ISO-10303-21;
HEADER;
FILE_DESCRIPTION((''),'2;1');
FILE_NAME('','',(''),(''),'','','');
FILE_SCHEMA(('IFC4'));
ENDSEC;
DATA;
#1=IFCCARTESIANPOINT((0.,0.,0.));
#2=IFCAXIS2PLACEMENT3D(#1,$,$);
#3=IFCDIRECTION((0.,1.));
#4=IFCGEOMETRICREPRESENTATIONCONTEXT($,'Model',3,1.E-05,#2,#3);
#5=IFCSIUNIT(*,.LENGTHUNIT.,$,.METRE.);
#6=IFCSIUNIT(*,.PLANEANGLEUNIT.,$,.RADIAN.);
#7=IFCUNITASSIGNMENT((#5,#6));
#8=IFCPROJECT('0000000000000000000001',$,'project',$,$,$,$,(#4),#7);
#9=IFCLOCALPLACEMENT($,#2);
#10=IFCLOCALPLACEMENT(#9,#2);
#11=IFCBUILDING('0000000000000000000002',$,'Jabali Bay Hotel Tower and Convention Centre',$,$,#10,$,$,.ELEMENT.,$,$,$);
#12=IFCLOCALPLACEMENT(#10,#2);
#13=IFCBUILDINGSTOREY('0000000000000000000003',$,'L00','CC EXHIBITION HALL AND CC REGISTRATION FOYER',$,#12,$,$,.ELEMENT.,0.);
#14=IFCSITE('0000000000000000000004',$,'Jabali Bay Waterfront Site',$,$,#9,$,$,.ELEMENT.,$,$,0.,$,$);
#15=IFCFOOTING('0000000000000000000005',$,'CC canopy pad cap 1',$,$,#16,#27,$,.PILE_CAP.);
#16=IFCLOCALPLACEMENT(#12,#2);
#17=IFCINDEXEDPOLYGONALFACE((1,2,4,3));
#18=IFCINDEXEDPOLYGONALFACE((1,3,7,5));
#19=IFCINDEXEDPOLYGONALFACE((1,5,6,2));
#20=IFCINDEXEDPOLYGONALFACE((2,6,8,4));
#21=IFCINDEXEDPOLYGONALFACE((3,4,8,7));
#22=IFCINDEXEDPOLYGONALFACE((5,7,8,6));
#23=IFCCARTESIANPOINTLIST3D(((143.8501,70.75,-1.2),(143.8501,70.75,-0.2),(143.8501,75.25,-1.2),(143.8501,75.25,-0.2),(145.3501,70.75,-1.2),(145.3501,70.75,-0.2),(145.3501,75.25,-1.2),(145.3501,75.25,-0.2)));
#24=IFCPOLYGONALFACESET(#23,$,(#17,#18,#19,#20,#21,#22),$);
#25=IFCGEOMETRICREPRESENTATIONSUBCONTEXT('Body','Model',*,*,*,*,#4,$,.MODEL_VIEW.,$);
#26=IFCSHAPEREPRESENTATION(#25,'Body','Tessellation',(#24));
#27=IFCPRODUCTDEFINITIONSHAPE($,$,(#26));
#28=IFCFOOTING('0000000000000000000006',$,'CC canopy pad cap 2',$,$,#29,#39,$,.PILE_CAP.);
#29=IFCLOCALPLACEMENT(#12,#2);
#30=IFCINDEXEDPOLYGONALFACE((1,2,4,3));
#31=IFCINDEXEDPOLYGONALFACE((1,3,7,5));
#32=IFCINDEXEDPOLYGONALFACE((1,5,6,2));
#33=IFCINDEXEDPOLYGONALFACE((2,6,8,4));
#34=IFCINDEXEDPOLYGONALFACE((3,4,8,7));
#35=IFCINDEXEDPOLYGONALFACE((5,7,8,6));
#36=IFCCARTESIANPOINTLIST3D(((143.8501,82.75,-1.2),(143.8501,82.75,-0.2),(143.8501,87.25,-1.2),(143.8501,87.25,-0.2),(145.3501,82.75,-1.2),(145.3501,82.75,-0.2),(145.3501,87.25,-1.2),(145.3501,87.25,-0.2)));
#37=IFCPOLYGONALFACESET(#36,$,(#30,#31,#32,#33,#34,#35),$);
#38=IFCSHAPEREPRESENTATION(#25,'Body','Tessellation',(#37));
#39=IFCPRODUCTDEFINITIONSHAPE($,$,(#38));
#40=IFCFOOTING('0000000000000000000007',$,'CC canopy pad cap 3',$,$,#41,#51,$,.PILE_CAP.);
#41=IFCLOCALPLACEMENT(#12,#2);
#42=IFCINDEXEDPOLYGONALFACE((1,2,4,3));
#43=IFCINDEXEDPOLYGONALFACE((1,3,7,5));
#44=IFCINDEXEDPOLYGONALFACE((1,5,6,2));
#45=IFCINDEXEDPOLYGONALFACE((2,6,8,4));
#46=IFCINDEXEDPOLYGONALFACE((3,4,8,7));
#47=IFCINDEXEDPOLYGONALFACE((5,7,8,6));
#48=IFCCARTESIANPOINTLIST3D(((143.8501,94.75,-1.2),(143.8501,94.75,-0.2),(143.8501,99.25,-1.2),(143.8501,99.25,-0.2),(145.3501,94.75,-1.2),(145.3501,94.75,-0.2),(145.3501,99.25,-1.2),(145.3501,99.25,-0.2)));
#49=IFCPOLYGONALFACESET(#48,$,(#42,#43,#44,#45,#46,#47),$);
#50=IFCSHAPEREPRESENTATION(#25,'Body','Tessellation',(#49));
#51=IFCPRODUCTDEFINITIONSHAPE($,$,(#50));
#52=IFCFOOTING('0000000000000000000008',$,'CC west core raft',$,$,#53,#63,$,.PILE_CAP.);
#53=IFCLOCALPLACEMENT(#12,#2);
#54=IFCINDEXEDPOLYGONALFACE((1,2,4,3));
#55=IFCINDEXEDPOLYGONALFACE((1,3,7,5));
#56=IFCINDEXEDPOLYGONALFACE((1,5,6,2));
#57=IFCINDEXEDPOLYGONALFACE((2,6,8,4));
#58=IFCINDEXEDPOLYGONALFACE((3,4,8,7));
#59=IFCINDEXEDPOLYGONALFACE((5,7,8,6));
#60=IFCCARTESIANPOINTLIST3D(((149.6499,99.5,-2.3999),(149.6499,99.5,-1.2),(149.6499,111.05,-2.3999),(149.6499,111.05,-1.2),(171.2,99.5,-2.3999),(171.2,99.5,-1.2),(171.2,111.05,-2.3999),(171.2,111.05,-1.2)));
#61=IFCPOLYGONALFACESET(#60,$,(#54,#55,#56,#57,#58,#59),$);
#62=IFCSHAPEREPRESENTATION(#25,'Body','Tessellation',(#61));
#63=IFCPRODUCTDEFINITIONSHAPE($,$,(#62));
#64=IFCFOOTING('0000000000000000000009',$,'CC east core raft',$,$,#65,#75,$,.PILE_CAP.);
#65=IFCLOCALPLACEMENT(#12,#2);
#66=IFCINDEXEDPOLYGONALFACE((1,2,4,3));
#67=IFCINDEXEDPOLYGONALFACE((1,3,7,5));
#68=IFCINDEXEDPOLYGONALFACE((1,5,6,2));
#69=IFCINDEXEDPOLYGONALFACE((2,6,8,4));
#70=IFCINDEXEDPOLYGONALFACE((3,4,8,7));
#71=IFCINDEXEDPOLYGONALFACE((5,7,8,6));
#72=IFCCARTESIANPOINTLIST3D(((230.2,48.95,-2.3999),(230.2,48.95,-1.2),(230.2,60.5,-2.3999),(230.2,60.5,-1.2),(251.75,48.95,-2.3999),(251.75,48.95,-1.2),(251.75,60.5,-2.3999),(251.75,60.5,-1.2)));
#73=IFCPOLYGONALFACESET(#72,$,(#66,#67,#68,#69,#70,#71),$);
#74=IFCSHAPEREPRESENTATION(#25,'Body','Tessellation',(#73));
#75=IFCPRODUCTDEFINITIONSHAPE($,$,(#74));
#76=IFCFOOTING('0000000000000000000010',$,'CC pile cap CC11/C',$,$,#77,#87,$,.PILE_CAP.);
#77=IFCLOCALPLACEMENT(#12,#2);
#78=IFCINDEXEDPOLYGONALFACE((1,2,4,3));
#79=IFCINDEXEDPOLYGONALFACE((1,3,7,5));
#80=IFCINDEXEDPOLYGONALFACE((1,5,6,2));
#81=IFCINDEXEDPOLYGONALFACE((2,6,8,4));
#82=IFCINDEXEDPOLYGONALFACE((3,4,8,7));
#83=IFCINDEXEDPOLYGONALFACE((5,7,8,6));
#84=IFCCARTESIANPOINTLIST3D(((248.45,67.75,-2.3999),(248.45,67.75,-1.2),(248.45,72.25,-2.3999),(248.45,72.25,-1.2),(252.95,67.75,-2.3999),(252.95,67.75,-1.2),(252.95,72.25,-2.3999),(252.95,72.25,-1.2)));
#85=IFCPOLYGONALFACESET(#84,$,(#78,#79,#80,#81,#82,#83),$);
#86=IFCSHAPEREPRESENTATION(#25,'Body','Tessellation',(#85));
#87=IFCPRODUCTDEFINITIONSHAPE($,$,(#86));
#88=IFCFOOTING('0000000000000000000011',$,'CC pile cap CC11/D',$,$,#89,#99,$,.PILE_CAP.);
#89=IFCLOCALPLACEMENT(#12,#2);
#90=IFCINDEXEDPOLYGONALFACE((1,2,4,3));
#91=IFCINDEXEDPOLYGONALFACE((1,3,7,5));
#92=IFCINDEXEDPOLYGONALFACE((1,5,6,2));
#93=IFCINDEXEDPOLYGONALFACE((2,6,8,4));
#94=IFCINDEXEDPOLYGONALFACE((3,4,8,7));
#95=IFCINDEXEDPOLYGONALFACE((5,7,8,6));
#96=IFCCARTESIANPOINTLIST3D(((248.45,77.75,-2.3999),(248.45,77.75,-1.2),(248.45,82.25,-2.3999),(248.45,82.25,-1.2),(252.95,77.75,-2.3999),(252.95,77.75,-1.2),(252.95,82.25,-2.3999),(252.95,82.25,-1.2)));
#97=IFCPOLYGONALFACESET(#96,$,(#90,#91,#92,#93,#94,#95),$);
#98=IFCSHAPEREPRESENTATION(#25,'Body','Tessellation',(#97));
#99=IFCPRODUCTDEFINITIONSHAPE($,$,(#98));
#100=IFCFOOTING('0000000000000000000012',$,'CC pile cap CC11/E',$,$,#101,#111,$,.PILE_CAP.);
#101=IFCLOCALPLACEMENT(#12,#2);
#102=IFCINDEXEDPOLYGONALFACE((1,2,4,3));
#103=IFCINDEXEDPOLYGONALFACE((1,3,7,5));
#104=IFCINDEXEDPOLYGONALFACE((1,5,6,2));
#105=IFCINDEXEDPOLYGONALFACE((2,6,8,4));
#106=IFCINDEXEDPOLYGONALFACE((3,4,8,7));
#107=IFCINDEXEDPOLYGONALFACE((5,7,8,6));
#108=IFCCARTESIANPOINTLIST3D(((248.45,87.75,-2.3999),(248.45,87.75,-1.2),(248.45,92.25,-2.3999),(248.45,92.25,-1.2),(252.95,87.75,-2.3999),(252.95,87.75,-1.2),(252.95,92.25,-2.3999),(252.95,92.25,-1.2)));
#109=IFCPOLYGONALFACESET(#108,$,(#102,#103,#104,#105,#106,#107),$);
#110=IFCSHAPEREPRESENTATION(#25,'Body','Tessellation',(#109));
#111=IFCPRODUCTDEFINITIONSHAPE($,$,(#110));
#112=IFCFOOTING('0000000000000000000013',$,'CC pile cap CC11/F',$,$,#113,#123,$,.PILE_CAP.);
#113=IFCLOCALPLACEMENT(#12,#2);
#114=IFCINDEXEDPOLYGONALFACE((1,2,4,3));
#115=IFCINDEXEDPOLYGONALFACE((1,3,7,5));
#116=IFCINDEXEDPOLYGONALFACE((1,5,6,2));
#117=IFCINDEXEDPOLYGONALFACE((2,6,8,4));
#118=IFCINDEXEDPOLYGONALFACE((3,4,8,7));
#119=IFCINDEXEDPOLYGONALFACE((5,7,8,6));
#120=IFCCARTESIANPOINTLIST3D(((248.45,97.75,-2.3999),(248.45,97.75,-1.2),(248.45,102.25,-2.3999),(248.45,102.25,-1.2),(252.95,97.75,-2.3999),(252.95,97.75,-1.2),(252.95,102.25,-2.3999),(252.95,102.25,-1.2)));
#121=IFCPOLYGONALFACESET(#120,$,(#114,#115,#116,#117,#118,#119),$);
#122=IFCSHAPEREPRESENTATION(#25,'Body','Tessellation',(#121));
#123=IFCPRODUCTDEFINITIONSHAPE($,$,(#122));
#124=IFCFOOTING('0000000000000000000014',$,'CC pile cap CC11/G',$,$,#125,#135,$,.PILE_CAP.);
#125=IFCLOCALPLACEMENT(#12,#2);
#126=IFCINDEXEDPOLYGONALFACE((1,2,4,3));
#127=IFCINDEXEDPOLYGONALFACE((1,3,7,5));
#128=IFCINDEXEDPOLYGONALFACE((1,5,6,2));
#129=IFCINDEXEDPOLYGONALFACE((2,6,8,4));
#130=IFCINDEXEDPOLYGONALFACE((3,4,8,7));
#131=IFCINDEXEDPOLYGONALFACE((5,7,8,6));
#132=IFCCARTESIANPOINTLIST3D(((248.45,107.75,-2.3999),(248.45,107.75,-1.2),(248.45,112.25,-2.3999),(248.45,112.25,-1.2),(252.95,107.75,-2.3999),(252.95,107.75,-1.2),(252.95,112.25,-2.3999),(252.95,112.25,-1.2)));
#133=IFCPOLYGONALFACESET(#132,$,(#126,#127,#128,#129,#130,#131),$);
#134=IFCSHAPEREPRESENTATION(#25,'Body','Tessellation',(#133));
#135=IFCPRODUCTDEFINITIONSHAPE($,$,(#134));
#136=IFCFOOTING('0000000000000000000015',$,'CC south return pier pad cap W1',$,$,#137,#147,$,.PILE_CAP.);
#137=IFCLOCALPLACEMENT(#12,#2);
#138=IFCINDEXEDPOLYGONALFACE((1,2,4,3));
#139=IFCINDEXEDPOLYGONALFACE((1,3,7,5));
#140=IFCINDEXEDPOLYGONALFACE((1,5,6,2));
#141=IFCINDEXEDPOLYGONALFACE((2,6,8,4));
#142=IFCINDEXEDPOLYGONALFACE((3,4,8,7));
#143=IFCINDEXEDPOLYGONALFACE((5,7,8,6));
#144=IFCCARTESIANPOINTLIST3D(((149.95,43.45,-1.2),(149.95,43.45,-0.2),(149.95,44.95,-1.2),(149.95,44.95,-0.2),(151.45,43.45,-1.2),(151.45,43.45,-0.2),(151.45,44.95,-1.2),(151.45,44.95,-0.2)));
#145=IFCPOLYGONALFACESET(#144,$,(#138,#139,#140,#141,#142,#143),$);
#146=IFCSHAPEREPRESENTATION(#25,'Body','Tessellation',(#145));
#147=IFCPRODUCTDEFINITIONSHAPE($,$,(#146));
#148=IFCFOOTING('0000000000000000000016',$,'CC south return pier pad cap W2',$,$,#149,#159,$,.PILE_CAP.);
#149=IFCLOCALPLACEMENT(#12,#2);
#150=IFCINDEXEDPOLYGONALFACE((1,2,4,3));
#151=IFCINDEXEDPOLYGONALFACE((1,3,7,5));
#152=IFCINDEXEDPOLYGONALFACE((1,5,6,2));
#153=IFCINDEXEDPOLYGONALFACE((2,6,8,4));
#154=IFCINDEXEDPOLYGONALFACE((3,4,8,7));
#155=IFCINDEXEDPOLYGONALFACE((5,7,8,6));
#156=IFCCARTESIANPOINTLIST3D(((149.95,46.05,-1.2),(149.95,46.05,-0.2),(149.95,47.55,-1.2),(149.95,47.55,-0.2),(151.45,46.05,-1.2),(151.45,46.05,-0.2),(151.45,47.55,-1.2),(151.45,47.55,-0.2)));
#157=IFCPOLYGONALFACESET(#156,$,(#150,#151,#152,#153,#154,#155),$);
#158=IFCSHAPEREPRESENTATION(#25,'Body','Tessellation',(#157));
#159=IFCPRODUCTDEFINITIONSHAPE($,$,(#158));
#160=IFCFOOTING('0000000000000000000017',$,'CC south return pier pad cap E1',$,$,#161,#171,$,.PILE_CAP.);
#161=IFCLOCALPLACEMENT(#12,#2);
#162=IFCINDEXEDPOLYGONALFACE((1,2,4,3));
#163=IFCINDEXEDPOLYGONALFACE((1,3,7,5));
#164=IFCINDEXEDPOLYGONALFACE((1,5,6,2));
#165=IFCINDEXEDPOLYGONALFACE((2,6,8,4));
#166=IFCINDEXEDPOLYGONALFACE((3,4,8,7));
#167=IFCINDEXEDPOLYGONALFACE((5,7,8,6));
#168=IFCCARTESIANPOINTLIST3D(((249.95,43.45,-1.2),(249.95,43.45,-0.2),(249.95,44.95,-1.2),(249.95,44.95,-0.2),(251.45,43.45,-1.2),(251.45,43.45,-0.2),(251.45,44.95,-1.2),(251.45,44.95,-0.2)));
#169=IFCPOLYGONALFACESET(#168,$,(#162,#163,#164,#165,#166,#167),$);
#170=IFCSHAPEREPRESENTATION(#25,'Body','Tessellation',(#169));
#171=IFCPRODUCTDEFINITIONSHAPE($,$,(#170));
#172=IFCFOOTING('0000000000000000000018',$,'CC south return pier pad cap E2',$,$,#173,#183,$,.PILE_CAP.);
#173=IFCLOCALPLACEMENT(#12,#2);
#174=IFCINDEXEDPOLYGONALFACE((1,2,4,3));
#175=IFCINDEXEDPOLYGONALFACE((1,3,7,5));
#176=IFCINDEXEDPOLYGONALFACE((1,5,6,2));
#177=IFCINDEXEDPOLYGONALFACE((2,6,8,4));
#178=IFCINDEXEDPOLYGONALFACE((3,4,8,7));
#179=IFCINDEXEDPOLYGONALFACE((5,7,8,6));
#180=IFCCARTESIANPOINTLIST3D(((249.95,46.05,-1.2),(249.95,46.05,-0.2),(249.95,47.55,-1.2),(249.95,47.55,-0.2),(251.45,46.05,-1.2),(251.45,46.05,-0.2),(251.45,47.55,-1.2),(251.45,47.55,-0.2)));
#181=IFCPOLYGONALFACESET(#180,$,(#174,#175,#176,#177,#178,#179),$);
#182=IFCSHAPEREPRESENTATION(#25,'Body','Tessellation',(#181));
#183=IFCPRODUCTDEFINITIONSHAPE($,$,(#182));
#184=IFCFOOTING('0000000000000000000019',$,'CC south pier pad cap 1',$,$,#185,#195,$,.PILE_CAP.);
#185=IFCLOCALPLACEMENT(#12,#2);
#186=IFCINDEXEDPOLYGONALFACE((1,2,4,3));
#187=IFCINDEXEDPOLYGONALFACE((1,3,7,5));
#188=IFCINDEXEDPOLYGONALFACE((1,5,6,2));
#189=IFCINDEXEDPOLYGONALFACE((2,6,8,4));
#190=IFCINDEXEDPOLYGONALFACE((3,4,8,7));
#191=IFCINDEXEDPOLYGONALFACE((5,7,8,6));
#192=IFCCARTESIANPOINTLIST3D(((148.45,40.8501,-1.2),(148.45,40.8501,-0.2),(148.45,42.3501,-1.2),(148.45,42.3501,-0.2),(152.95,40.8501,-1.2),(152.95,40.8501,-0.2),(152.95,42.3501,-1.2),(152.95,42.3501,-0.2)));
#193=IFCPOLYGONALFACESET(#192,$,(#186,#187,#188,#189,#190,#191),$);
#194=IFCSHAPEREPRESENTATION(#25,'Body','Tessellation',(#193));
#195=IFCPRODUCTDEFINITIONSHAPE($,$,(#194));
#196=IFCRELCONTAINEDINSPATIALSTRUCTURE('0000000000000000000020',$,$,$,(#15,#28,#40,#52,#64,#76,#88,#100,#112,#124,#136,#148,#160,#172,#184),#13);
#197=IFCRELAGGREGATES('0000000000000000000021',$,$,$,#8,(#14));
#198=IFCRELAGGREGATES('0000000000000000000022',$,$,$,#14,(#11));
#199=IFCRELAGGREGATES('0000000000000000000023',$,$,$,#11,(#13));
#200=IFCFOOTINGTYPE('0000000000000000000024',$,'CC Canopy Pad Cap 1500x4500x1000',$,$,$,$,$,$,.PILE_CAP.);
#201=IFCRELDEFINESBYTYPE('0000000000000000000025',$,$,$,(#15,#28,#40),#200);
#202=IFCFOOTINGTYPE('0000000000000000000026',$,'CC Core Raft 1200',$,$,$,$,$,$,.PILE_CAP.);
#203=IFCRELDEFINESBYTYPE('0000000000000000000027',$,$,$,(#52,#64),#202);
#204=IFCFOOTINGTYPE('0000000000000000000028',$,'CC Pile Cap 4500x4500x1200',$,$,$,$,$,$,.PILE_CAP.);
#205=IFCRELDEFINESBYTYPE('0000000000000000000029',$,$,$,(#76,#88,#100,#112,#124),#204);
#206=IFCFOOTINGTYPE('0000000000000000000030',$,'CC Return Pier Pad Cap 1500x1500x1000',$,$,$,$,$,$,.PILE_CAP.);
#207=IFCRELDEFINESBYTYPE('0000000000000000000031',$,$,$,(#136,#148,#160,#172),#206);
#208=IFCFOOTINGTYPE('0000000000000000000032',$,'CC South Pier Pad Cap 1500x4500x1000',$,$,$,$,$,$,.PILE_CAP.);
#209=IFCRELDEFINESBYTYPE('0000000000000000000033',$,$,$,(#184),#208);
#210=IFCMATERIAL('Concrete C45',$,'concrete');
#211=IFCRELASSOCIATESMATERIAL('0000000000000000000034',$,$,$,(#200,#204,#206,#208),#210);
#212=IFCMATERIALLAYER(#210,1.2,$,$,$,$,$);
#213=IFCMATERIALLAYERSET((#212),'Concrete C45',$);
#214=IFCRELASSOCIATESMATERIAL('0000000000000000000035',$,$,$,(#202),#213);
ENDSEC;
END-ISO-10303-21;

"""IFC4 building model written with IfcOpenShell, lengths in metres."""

from ifc_helpers import new_model, si_unit, direction, frame, origin, place, context, subcontext, project, spatial, polyline, outline, extrude, material, layer, layer_set, type_object, element, save


model = new_model("IFC4")

# Units and contexts
model_context = context("Model", 3, precision=1e-05, world=origin(), true_north=direction((0.0, 1.0)))
body_context = subcontext(model_context, "Body", "Model", "MODEL_VIEW")
ifc_project = project(units=[si_unit("LENGTHUNIT", "METRE"), si_unit("PLANEANGLEUNIT", "RADIAN")], contexts=[model_context])

# Site, building, storey
site_placement = place(None, origin())
site = spatial("IfcSite", under=ifc_project, at=site_placement, Name="Jabali Bay Waterfront Site", CompositionType="ELEMENT", RefElevation=0.0)
building_placement = place(site_placement, origin())
building = spatial("IfcBuilding", under=site, at=building_placement, Name="Jabali Bay Hotel Tower and Convention Centre", CompositionType="ELEMENT")
storey_placement = place(building_placement, origin())
storey = spatial("IfcBuildingStorey", under=building, at=storey_placement, Name="L00", Description="CC EXHIBITION HALL AND CC REGISTRATION FOYER", CompositionType="ELEMENT", Elevation=0.0)

# Footings
ifc_material = material(Name="Concrete C45", Category="concrete")
footing_type_1 = type_object("IfcFootingType", Name="CC Canopy Pad Cap 1500x4500x1000", PredefinedType="PILE_CAP", material=ifc_material)
footing_1_placement = place(storey_placement, frame((0.0, 0.0, -1.2)))
element("IfcFooting", 1, at=footing_1_placement, inside=storey, type_object=footing_type_1, Name="CC canopy pad cap 1", PredefinedType="PILE_CAP", context=body_context, shape_type="SweptSolid", body=[
    extrude(outline(polyline([(143.8501, 70.75), (145.3501, 70.75), (145.3501, 75.25), (143.8501, 75.25), (143.8501, 70.75)])), origin(), (0.0, 0.0, 1.0), 1.0),
])
footing_2_placement = place(storey_placement, frame((0.0, 0.0, -1.2)))
element("IfcFooting", 2, at=footing_2_placement, inside=storey, type_object=footing_type_1, Name="CC canopy pad cap 2", PredefinedType="PILE_CAP", context=body_context, shape_type="SweptSolid", body=[
    extrude(outline(polyline([(143.8501, 82.75), (145.3501, 82.75), (145.3501, 87.25), (143.8501, 87.25), (143.8501, 82.75)])), origin(), (0.0, 0.0, 1.0), 1.0),
])
footing_3_placement = place(storey_placement, frame((0.0, 0.0, -1.2)))
element("IfcFooting", 3, at=footing_3_placement, inside=storey, type_object=footing_type_1, Name="CC canopy pad cap 3", PredefinedType="PILE_CAP", context=body_context, shape_type="SweptSolid", body=[
    extrude(outline(polyline([(143.8501, 94.75), (145.3501, 94.75), (145.3501, 99.25), (143.8501, 99.25), (143.8501, 94.75)])), origin(), (0.0, 0.0, 1.0), 1.0),
])
ifc_layer_1 = layer(ifc_material, 1.2)
ifc_layer_set_1 = layer_set([ifc_layer_1], Name="Concrete C45")
footing_type_2 = type_object("IfcFootingType", Name="CC Core Raft 1200", PredefinedType="PILE_CAP", material=ifc_layer_set_1)
footing_4_placement = place(storey_placement, frame((0.0, 0.0, -2.3999)))
element("IfcFooting", 4, at=footing_4_placement, inside=storey, type_object=footing_type_2, Name="CC west core raft", PredefinedType="PILE_CAP", context=body_context, shape_type="SweptSolid", body=[
    extrude(outline(polyline([(149.6499, 99.5), (171.2, 99.5), (171.2, 111.05), (149.6499, 111.05), (149.6499, 99.5)])), origin(), (0.0, 0.0, 1.0), 1.2),
])
footing_5_placement = place(storey_placement, frame((0.0, 0.0, -2.3999)))
element("IfcFooting", 5, at=footing_5_placement, inside=storey, type_object=footing_type_2, Name="CC east core raft", PredefinedType="PILE_CAP", context=body_context, shape_type="SweptSolid", body=[
    extrude(outline(polyline([(230.2, 48.95), (251.75, 48.95), (251.75, 60.5), (230.2, 60.5), (230.2, 48.95)])), origin(), (0.0, 0.0, 1.0), 1.2),
])
footing_type_3 = type_object("IfcFootingType", Name="CC Pile Cap 4500x4500x1200", PredefinedType="PILE_CAP", material=ifc_material)
footing_6_placement = place(storey_placement, frame((0.0, 0.0, -2.3999)))
element("IfcFooting", 6, at=footing_6_placement, inside=storey, type_object=footing_type_3, Name="CC pile cap CC11/C", PredefinedType="PILE_CAP", context=body_context, shape_type="SweptSolid", body=[
    extrude(outline(polyline([(248.45, 67.75), (252.95, 67.75), (252.95, 72.25), (248.45, 72.25), (248.45, 67.75)])), origin(), (0.0, 0.0, 1.0), 1.2),
])
footing_7_placement = place(storey_placement, frame((0.0, 0.0, -2.3999)))
element("IfcFooting", 7, at=footing_7_placement, inside=storey, type_object=footing_type_3, Name="CC pile cap CC11/D", PredefinedType="PILE_CAP", context=body_context, shape_type="SweptSolid", body=[
    extrude(outline(polyline([(248.45, 77.75), (252.95, 77.75), (252.95, 82.25), (248.45, 82.25), (248.45, 77.75)])), origin(), (0.0, 0.0, 1.0), 1.2),
])
footing_8_placement = place(storey_placement, frame((0.0, 0.0, -2.3999)))
element("IfcFooting", 8, at=footing_8_placement, inside=storey, type_object=footing_type_3, Name="CC pile cap CC11/E", PredefinedType="PILE_CAP", context=body_context, shape_type="SweptSolid", body=[
    extrude(outline(polyline([(248.45, 87.75), (252.95, 87.75), (252.95, 92.25), (248.45, 92.25), (248.45, 87.75)])), origin(), (0.0, 0.0, 1.0), 1.2),
])
footing_9_placement = place(storey_placement, frame((0.0, 0.0, -2.3999)))
element("IfcFooting", 9, at=footing_9_placement, inside=storey, type_object=footing_type_3, Name="CC pile cap CC11/F", PredefinedType="PILE_CAP", context=body_context, shape_type="SweptSolid", body=[
    extrude(outline(polyline([(248.45, 97.75), (252.95, 97.75), (252.95, 102.25), (248.45, 102.25), (248.45, 97.75)])), origin(), (0.0, 0.0, 1.0), 1.2),
])
footing_10_placement = place(storey_placement, frame((0.0, 0.0, -2.3999)))
element("IfcFooting", 10, at=footing_10_placement, inside=storey, type_object=footing_type_3, Name="CC pile cap CC11/G", PredefinedType="PILE_CAP", context=body_context, shape_type="SweptSolid", body=[
    extrude(outline(polyline([(248.45, 107.75), (252.95, 107.75), (252.95, 112.25), (248.45, 112.25), (248.45, 107.75)])), origin(), (0.0, 0.0, 1.0), 1.2),
])
footing_type_4 = type_object("IfcFootingType", Name="CC Return Pier Pad Cap 1500x1500x1000", PredefinedType="PILE_CAP", material=ifc_material)
footing_11_placement = place(storey_placement, frame((0.0, 0.0, -1.2)))
element("IfcFooting", 11, at=footing_11_placement, inside=storey, type_object=footing_type_4, Name="CC south return pier pad cap W1", PredefinedType="PILE_CAP", context=body_context, shape_type="SweptSolid", body=[
    extrude(outline(polyline([(149.95, 43.45), (151.45, 43.45), (151.45, 44.95), (149.95, 44.95), (149.95, 43.45)])), origin(), (0.0, 0.0, 1.0), 1.0),
])
footing_12_placement = place(storey_placement, frame((0.0, 0.0, -1.2)))
element("IfcFooting", 12, at=footing_12_placement, inside=storey, type_object=footing_type_4, Name="CC south return pier pad cap W2", PredefinedType="PILE_CAP", context=body_context, shape_type="SweptSolid", body=[
    extrude(outline(polyline([(149.95, 46.05), (151.45, 46.05), (151.45, 47.55), (149.95, 47.55), (149.95, 46.05)])), origin(), (0.0, 0.0, 1.0), 1.0),
])
footing_13_placement = place(storey_placement, frame((0.0, 0.0, -1.2)))
element("IfcFooting", 13, at=footing_13_placement, inside=storey, type_object=footing_type_4, Name="CC south return pier pad cap E1", PredefinedType="PILE_CAP", context=body_context, shape_type="SweptSolid", body=[
    extrude(outline(polyline([(249.95, 43.45), (251.45, 43.45), (251.45, 44.95), (249.95, 44.95), (249.95, 43.45)])), origin(), (0.0, 0.0, 1.0), 1.0),
])
footing_14_placement = place(storey_placement, frame((0.0, 0.0, -1.2)))
element("IfcFooting", 14, at=footing_14_placement, inside=storey, type_object=footing_type_4, Name="CC south return pier pad cap E2", PredefinedType="PILE_CAP", context=body_context, shape_type="SweptSolid", body=[
    extrude(outline(polyline([(249.95, 46.05), (251.45, 46.05), (251.45, 47.55), (249.95, 47.55), (249.95, 46.05)])), origin(), (0.0, 0.0, 1.0), 1.0),
])
footing_type_5 = type_object("IfcFootingType", Name="CC South Pier Pad Cap 1500x4500x1000", PredefinedType="PILE_CAP", material=ifc_material)
footing_15_placement = place(storey_placement, frame((0.0, 0.0, -1.2)))
element("IfcFooting", 15, at=footing_15_placement, inside=storey, type_object=footing_type_5, Name="CC south pier pad cap 1", PredefinedType="PILE_CAP", context=body_context, shape_type="SweptSolid", body=[
    extrude(outline(polyline([(148.45, 40.8501), (152.95, 40.8501), (152.95, 42.3501), (148.45, 42.3501), (148.45, 40.8501)])), origin(), (0.0, 0.0, 1.0), 1.0),
])

save(model, "model.ifc")
